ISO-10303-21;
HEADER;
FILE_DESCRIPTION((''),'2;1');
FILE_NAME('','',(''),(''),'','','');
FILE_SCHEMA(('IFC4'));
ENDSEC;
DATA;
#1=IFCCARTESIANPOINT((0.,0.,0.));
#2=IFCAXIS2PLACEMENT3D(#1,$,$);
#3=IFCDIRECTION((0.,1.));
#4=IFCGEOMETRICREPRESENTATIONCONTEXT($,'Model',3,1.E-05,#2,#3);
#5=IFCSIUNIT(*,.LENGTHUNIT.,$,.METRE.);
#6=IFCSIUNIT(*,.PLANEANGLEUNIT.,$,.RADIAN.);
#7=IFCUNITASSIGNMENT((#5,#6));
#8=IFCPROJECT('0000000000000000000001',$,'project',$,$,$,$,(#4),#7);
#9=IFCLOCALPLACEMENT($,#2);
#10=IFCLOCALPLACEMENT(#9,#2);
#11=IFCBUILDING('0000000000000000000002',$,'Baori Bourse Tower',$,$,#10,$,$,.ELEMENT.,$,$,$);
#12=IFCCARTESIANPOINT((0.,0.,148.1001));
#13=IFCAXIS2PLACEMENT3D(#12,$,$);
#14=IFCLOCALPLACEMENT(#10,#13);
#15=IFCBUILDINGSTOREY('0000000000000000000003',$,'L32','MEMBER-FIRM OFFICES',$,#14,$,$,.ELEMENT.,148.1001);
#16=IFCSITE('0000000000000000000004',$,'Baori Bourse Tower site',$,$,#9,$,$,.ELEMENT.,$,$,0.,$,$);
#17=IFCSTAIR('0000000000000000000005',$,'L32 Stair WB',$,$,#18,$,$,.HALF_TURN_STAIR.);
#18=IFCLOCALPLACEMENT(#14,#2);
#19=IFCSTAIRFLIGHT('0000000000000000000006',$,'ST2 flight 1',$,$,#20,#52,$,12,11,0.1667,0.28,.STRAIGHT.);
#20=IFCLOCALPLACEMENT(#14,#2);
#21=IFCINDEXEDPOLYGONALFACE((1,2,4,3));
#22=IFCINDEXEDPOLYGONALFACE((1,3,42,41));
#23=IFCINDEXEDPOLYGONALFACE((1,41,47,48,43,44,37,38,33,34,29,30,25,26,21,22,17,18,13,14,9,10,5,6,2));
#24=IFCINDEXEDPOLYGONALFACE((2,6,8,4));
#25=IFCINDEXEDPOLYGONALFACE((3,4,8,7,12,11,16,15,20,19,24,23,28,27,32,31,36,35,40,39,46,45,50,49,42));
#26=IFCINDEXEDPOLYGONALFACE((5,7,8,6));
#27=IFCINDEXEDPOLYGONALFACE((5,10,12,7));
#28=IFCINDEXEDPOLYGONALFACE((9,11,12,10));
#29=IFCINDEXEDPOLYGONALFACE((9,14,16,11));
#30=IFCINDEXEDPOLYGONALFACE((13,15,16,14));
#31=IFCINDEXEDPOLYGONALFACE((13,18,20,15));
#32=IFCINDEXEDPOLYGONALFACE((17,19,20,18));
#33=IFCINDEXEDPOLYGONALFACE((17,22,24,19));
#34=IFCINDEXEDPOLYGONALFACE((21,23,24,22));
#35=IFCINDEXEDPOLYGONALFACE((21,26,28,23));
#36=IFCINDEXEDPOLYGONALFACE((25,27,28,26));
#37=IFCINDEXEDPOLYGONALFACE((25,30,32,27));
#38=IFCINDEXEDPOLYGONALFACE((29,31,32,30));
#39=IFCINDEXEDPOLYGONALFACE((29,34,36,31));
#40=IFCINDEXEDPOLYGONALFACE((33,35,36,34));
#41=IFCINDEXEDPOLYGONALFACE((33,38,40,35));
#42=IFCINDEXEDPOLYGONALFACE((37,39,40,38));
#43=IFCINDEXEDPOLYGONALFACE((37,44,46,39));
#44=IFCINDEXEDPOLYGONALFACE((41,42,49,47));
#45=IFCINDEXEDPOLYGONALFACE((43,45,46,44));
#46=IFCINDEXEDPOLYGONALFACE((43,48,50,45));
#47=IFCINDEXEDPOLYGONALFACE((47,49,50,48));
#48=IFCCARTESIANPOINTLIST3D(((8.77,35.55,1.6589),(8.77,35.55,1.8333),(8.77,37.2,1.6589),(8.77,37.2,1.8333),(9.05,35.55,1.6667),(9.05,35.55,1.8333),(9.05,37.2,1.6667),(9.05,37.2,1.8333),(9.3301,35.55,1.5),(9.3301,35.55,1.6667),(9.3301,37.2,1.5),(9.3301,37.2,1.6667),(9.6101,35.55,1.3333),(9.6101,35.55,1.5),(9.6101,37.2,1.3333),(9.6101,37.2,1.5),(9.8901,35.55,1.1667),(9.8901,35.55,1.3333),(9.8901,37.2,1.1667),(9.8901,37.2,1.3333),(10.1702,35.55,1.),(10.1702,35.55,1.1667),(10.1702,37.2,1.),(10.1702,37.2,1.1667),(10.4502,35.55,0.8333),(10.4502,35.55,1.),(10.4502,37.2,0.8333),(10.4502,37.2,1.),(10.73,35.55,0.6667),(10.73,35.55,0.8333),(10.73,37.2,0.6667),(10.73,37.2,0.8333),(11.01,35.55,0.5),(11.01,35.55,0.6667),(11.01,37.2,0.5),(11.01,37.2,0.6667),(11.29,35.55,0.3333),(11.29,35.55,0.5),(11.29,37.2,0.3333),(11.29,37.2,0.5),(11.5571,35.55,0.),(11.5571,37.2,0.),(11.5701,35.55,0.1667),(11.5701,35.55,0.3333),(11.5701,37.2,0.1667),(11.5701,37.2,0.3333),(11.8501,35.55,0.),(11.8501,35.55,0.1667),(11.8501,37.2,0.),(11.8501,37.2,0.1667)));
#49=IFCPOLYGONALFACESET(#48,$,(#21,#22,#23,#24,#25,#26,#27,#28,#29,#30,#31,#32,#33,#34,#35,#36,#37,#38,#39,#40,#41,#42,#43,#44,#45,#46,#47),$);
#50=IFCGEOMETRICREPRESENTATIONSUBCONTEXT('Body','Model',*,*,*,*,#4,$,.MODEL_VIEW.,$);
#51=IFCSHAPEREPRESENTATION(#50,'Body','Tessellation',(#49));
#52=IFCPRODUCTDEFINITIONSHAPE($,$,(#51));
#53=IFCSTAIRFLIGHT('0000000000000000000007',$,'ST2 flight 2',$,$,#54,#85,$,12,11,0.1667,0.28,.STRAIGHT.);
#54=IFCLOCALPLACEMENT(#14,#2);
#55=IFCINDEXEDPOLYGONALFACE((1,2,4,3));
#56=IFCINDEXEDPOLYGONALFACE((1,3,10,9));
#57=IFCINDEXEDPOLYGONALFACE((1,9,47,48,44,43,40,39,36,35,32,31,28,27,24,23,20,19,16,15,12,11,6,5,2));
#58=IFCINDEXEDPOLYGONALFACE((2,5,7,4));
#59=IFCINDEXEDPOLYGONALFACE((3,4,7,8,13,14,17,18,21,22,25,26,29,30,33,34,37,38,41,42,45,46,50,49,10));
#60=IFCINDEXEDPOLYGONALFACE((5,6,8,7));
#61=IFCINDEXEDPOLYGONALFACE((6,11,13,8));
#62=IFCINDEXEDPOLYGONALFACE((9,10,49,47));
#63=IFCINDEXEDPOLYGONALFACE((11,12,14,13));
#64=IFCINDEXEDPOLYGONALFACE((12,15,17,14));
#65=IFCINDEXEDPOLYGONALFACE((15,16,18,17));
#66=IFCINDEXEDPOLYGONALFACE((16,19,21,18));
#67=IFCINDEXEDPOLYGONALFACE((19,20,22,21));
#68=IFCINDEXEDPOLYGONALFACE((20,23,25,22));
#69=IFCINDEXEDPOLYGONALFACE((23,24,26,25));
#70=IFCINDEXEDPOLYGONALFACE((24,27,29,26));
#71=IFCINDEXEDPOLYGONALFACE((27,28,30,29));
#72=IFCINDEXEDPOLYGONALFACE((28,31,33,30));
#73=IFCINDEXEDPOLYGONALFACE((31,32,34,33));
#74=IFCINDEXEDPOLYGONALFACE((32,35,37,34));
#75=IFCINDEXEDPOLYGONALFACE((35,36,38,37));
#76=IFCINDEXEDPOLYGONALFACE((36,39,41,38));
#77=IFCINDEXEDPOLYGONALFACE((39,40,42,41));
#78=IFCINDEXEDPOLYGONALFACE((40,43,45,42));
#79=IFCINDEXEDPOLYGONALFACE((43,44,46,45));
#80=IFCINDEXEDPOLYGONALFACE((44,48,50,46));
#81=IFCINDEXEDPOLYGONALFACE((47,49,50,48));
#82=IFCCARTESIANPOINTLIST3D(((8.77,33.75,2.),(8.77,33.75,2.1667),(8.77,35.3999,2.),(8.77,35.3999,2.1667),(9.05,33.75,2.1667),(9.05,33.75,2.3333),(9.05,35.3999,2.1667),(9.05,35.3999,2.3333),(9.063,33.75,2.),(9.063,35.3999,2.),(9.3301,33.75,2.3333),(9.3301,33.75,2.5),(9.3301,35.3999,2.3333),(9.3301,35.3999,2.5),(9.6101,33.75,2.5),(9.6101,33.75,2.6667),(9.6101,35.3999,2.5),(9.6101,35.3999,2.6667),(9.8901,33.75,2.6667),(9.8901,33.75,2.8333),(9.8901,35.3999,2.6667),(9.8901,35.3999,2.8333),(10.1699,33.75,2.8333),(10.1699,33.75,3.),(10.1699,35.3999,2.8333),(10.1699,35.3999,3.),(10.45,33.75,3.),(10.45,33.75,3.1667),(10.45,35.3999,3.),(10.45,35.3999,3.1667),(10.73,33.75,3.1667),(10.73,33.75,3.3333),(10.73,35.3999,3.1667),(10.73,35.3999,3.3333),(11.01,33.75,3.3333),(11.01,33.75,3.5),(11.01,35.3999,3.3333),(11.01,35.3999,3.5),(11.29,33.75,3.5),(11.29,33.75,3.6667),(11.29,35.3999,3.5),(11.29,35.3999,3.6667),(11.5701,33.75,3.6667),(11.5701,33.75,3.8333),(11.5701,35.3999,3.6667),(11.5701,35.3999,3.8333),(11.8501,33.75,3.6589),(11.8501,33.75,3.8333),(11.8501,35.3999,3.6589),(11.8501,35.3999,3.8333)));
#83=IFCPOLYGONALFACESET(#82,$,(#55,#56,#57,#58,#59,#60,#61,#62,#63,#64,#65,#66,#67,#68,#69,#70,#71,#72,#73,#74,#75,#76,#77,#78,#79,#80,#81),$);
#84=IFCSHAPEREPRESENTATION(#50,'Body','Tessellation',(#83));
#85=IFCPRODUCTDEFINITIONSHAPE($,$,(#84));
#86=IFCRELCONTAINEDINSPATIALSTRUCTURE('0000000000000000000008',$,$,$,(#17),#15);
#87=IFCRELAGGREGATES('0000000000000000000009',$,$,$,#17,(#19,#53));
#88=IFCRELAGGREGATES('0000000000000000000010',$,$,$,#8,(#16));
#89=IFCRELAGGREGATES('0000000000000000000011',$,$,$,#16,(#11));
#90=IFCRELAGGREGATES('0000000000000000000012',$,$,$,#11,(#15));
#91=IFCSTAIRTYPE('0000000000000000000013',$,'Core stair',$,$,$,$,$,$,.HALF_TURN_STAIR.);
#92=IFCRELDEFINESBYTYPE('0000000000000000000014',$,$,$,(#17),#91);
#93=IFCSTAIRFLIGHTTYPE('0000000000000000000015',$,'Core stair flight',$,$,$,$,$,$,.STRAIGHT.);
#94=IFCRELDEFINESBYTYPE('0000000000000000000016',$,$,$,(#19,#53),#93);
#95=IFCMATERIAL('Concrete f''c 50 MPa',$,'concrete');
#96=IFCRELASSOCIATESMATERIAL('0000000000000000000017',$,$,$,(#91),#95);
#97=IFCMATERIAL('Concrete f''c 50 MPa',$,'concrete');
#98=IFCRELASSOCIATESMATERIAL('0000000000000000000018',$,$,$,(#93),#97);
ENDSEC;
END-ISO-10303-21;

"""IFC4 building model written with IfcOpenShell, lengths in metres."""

from ifc_helpers import new_model, si_unit, direction, frame, origin, place, context, subcontext, project, spatial, polyline, outline, extrude, material, type_object, element, aggregate, save


model = new_model("IFC4")

# Units and contexts
model_context = context("Model", 3, precision=1e-05, world=origin(), true_north=direction((0.0, 1.0)))
body_context = subcontext(model_context, "Body", "Model", "MODEL_VIEW")
ifc_project = project(units=[si_unit("LENGTHUNIT", "METRE"), si_unit("PLANEANGLEUNIT", "RADIAN")], contexts=[model_context])

# Site, building, storey
site_placement = place(None, origin())
site = spatial("IfcSite", under=ifc_project, at=site_placement, Name="Baori Bourse Tower site", CompositionType="ELEMENT", RefElevation=0.0)
building_placement = place(site_placement, origin())
building = spatial("IfcBuilding", under=site, at=building_placement, Name="Baori Bourse Tower", CompositionType="ELEMENT")
storey_placement = place(building_placement, frame((0.0, 0.0, 148.1001)))
storey = spatial("IfcBuildingStorey", under=building, at=storey_placement, Name="L32", Description="MEMBER-FIRM OFFICES", CompositionType="ELEMENT", Elevation=148.1001)

# Stair, stair flights
ifc_material_1 = material(Name="Concrete f'c 50 MPa", Category="concrete")
stair_type = type_object("IfcStairType", Name="Core stair", PredefinedType="HALF_TURN_STAIR", material=ifc_material_1)
stair_placement = place(storey_placement, origin())
stair = element("IfcStair", 1, at=stair_placement, inside=storey, type_object=stair_type, Name="L32 Stair WB", PredefinedType="HALF_TURN_STAIR")
ifc_material_2 = material(Name="Concrete f'c 50 MPa", Category="concrete")
stair_flight_type = type_object("IfcStairFlightType", Name="Core stair flight", PredefinedType="STRAIGHT", material=ifc_material_2)
stair_flight_1_placement = place(storey_placement, frame((11.8501, 36.375, 0.0), z_axis=(0.0, 0.0, 1.0), x_axis=(-1.0, 0.0, 0.0)))
stair_flight_1 = element("IfcStairFlight", 2, at=stair_flight_1_placement, type_object=stair_flight_type, Name="ST2 flight 1", NumberOfRisers=12, NumberOfTreads=11, PredefinedType="STRAIGHT", RiserHeight=0.1667, TreadLength=0.28, context=body_context, shape_type="SweptSolid", body=[
    extrude(outline(polyline([(0.0, 0.0), (0.0, 0.1667), (0.28, 0.1667), (0.28, 0.3333), (0.5601, 0.3333), (0.5601, 0.5), (0.8401, 0.5), (0.8401, 0.6667), (1.1201, 0.6667), (1.1201, 0.8333), (1.3999, 0.8333), (1.3999, 1.0), (1.6799, 1.0), (1.6799, 1.1667), (1.96, 1.1667), (1.96, 1.3333), (2.24, 1.3333), (2.24, 1.5), (2.52, 1.5), (2.52, 1.6667), (2.8, 1.6667), (2.8, 1.8333), (3.0801, 1.8333), (3.0801, 2.0), (3.0801, 1.6589), (0.293, 0.0), (0.0, 0.0)])), frame((0.0, 0.825, 0.0), z_axis=(0.0, -1.0, 0.0), x_axis=(1.0, 0.0, 0.0)), (0.0, 0.0, 1.0), 1.6499),
])
stair_flight_2_placement = place(storey_placement, frame((8.77, 34.575, 2.0), z_axis=(0.0, 0.0, 1.0), x_axis=(1.0, 0.0, 0.0)))
stair_flight_2 = element("IfcStairFlight", 3, at=stair_flight_2_placement, type_object=stair_flight_type, Name="ST2 flight 2", NumberOfRisers=12, NumberOfTreads=11, PredefinedType="STRAIGHT", RiserHeight=0.1667, TreadLength=0.28, context=body_context, shape_type="SweptSolid", body=[
    extrude(outline(polyline([(0.0, 0.0), (0.0, 0.1667), (0.28, 0.1667), (0.28, 0.3333), (0.5601, 0.3333), (0.5601, 0.5), (0.8401, 0.5), (0.8401, 0.6667), (1.1201, 0.6667), (1.1201, 0.8333), (1.3999, 0.8333), (1.3999, 1.0), (1.6799, 1.0), (1.6799, 1.1667), (1.96, 1.1667), (1.96, 1.3333), (2.24, 1.3333), (2.24, 1.5), (2.52, 1.5), (2.52, 1.6667), (2.8, 1.6667), (2.8, 1.8333), (3.0801, 1.8333), (3.0801, 2.0), (3.0801, 1.6589), (0.293, 0.0), (0.0, 0.0)])), frame((0.0, 0.825, 0.0), z_axis=(0.0, -1.0, 0.0), x_axis=(1.0, 0.0, 0.0)), (0.0, 0.0, 1.0), 1.6499),
])
aggregate(stair, [stair_flight_1, stair_flight_2])

save(model, "model.ifc")
